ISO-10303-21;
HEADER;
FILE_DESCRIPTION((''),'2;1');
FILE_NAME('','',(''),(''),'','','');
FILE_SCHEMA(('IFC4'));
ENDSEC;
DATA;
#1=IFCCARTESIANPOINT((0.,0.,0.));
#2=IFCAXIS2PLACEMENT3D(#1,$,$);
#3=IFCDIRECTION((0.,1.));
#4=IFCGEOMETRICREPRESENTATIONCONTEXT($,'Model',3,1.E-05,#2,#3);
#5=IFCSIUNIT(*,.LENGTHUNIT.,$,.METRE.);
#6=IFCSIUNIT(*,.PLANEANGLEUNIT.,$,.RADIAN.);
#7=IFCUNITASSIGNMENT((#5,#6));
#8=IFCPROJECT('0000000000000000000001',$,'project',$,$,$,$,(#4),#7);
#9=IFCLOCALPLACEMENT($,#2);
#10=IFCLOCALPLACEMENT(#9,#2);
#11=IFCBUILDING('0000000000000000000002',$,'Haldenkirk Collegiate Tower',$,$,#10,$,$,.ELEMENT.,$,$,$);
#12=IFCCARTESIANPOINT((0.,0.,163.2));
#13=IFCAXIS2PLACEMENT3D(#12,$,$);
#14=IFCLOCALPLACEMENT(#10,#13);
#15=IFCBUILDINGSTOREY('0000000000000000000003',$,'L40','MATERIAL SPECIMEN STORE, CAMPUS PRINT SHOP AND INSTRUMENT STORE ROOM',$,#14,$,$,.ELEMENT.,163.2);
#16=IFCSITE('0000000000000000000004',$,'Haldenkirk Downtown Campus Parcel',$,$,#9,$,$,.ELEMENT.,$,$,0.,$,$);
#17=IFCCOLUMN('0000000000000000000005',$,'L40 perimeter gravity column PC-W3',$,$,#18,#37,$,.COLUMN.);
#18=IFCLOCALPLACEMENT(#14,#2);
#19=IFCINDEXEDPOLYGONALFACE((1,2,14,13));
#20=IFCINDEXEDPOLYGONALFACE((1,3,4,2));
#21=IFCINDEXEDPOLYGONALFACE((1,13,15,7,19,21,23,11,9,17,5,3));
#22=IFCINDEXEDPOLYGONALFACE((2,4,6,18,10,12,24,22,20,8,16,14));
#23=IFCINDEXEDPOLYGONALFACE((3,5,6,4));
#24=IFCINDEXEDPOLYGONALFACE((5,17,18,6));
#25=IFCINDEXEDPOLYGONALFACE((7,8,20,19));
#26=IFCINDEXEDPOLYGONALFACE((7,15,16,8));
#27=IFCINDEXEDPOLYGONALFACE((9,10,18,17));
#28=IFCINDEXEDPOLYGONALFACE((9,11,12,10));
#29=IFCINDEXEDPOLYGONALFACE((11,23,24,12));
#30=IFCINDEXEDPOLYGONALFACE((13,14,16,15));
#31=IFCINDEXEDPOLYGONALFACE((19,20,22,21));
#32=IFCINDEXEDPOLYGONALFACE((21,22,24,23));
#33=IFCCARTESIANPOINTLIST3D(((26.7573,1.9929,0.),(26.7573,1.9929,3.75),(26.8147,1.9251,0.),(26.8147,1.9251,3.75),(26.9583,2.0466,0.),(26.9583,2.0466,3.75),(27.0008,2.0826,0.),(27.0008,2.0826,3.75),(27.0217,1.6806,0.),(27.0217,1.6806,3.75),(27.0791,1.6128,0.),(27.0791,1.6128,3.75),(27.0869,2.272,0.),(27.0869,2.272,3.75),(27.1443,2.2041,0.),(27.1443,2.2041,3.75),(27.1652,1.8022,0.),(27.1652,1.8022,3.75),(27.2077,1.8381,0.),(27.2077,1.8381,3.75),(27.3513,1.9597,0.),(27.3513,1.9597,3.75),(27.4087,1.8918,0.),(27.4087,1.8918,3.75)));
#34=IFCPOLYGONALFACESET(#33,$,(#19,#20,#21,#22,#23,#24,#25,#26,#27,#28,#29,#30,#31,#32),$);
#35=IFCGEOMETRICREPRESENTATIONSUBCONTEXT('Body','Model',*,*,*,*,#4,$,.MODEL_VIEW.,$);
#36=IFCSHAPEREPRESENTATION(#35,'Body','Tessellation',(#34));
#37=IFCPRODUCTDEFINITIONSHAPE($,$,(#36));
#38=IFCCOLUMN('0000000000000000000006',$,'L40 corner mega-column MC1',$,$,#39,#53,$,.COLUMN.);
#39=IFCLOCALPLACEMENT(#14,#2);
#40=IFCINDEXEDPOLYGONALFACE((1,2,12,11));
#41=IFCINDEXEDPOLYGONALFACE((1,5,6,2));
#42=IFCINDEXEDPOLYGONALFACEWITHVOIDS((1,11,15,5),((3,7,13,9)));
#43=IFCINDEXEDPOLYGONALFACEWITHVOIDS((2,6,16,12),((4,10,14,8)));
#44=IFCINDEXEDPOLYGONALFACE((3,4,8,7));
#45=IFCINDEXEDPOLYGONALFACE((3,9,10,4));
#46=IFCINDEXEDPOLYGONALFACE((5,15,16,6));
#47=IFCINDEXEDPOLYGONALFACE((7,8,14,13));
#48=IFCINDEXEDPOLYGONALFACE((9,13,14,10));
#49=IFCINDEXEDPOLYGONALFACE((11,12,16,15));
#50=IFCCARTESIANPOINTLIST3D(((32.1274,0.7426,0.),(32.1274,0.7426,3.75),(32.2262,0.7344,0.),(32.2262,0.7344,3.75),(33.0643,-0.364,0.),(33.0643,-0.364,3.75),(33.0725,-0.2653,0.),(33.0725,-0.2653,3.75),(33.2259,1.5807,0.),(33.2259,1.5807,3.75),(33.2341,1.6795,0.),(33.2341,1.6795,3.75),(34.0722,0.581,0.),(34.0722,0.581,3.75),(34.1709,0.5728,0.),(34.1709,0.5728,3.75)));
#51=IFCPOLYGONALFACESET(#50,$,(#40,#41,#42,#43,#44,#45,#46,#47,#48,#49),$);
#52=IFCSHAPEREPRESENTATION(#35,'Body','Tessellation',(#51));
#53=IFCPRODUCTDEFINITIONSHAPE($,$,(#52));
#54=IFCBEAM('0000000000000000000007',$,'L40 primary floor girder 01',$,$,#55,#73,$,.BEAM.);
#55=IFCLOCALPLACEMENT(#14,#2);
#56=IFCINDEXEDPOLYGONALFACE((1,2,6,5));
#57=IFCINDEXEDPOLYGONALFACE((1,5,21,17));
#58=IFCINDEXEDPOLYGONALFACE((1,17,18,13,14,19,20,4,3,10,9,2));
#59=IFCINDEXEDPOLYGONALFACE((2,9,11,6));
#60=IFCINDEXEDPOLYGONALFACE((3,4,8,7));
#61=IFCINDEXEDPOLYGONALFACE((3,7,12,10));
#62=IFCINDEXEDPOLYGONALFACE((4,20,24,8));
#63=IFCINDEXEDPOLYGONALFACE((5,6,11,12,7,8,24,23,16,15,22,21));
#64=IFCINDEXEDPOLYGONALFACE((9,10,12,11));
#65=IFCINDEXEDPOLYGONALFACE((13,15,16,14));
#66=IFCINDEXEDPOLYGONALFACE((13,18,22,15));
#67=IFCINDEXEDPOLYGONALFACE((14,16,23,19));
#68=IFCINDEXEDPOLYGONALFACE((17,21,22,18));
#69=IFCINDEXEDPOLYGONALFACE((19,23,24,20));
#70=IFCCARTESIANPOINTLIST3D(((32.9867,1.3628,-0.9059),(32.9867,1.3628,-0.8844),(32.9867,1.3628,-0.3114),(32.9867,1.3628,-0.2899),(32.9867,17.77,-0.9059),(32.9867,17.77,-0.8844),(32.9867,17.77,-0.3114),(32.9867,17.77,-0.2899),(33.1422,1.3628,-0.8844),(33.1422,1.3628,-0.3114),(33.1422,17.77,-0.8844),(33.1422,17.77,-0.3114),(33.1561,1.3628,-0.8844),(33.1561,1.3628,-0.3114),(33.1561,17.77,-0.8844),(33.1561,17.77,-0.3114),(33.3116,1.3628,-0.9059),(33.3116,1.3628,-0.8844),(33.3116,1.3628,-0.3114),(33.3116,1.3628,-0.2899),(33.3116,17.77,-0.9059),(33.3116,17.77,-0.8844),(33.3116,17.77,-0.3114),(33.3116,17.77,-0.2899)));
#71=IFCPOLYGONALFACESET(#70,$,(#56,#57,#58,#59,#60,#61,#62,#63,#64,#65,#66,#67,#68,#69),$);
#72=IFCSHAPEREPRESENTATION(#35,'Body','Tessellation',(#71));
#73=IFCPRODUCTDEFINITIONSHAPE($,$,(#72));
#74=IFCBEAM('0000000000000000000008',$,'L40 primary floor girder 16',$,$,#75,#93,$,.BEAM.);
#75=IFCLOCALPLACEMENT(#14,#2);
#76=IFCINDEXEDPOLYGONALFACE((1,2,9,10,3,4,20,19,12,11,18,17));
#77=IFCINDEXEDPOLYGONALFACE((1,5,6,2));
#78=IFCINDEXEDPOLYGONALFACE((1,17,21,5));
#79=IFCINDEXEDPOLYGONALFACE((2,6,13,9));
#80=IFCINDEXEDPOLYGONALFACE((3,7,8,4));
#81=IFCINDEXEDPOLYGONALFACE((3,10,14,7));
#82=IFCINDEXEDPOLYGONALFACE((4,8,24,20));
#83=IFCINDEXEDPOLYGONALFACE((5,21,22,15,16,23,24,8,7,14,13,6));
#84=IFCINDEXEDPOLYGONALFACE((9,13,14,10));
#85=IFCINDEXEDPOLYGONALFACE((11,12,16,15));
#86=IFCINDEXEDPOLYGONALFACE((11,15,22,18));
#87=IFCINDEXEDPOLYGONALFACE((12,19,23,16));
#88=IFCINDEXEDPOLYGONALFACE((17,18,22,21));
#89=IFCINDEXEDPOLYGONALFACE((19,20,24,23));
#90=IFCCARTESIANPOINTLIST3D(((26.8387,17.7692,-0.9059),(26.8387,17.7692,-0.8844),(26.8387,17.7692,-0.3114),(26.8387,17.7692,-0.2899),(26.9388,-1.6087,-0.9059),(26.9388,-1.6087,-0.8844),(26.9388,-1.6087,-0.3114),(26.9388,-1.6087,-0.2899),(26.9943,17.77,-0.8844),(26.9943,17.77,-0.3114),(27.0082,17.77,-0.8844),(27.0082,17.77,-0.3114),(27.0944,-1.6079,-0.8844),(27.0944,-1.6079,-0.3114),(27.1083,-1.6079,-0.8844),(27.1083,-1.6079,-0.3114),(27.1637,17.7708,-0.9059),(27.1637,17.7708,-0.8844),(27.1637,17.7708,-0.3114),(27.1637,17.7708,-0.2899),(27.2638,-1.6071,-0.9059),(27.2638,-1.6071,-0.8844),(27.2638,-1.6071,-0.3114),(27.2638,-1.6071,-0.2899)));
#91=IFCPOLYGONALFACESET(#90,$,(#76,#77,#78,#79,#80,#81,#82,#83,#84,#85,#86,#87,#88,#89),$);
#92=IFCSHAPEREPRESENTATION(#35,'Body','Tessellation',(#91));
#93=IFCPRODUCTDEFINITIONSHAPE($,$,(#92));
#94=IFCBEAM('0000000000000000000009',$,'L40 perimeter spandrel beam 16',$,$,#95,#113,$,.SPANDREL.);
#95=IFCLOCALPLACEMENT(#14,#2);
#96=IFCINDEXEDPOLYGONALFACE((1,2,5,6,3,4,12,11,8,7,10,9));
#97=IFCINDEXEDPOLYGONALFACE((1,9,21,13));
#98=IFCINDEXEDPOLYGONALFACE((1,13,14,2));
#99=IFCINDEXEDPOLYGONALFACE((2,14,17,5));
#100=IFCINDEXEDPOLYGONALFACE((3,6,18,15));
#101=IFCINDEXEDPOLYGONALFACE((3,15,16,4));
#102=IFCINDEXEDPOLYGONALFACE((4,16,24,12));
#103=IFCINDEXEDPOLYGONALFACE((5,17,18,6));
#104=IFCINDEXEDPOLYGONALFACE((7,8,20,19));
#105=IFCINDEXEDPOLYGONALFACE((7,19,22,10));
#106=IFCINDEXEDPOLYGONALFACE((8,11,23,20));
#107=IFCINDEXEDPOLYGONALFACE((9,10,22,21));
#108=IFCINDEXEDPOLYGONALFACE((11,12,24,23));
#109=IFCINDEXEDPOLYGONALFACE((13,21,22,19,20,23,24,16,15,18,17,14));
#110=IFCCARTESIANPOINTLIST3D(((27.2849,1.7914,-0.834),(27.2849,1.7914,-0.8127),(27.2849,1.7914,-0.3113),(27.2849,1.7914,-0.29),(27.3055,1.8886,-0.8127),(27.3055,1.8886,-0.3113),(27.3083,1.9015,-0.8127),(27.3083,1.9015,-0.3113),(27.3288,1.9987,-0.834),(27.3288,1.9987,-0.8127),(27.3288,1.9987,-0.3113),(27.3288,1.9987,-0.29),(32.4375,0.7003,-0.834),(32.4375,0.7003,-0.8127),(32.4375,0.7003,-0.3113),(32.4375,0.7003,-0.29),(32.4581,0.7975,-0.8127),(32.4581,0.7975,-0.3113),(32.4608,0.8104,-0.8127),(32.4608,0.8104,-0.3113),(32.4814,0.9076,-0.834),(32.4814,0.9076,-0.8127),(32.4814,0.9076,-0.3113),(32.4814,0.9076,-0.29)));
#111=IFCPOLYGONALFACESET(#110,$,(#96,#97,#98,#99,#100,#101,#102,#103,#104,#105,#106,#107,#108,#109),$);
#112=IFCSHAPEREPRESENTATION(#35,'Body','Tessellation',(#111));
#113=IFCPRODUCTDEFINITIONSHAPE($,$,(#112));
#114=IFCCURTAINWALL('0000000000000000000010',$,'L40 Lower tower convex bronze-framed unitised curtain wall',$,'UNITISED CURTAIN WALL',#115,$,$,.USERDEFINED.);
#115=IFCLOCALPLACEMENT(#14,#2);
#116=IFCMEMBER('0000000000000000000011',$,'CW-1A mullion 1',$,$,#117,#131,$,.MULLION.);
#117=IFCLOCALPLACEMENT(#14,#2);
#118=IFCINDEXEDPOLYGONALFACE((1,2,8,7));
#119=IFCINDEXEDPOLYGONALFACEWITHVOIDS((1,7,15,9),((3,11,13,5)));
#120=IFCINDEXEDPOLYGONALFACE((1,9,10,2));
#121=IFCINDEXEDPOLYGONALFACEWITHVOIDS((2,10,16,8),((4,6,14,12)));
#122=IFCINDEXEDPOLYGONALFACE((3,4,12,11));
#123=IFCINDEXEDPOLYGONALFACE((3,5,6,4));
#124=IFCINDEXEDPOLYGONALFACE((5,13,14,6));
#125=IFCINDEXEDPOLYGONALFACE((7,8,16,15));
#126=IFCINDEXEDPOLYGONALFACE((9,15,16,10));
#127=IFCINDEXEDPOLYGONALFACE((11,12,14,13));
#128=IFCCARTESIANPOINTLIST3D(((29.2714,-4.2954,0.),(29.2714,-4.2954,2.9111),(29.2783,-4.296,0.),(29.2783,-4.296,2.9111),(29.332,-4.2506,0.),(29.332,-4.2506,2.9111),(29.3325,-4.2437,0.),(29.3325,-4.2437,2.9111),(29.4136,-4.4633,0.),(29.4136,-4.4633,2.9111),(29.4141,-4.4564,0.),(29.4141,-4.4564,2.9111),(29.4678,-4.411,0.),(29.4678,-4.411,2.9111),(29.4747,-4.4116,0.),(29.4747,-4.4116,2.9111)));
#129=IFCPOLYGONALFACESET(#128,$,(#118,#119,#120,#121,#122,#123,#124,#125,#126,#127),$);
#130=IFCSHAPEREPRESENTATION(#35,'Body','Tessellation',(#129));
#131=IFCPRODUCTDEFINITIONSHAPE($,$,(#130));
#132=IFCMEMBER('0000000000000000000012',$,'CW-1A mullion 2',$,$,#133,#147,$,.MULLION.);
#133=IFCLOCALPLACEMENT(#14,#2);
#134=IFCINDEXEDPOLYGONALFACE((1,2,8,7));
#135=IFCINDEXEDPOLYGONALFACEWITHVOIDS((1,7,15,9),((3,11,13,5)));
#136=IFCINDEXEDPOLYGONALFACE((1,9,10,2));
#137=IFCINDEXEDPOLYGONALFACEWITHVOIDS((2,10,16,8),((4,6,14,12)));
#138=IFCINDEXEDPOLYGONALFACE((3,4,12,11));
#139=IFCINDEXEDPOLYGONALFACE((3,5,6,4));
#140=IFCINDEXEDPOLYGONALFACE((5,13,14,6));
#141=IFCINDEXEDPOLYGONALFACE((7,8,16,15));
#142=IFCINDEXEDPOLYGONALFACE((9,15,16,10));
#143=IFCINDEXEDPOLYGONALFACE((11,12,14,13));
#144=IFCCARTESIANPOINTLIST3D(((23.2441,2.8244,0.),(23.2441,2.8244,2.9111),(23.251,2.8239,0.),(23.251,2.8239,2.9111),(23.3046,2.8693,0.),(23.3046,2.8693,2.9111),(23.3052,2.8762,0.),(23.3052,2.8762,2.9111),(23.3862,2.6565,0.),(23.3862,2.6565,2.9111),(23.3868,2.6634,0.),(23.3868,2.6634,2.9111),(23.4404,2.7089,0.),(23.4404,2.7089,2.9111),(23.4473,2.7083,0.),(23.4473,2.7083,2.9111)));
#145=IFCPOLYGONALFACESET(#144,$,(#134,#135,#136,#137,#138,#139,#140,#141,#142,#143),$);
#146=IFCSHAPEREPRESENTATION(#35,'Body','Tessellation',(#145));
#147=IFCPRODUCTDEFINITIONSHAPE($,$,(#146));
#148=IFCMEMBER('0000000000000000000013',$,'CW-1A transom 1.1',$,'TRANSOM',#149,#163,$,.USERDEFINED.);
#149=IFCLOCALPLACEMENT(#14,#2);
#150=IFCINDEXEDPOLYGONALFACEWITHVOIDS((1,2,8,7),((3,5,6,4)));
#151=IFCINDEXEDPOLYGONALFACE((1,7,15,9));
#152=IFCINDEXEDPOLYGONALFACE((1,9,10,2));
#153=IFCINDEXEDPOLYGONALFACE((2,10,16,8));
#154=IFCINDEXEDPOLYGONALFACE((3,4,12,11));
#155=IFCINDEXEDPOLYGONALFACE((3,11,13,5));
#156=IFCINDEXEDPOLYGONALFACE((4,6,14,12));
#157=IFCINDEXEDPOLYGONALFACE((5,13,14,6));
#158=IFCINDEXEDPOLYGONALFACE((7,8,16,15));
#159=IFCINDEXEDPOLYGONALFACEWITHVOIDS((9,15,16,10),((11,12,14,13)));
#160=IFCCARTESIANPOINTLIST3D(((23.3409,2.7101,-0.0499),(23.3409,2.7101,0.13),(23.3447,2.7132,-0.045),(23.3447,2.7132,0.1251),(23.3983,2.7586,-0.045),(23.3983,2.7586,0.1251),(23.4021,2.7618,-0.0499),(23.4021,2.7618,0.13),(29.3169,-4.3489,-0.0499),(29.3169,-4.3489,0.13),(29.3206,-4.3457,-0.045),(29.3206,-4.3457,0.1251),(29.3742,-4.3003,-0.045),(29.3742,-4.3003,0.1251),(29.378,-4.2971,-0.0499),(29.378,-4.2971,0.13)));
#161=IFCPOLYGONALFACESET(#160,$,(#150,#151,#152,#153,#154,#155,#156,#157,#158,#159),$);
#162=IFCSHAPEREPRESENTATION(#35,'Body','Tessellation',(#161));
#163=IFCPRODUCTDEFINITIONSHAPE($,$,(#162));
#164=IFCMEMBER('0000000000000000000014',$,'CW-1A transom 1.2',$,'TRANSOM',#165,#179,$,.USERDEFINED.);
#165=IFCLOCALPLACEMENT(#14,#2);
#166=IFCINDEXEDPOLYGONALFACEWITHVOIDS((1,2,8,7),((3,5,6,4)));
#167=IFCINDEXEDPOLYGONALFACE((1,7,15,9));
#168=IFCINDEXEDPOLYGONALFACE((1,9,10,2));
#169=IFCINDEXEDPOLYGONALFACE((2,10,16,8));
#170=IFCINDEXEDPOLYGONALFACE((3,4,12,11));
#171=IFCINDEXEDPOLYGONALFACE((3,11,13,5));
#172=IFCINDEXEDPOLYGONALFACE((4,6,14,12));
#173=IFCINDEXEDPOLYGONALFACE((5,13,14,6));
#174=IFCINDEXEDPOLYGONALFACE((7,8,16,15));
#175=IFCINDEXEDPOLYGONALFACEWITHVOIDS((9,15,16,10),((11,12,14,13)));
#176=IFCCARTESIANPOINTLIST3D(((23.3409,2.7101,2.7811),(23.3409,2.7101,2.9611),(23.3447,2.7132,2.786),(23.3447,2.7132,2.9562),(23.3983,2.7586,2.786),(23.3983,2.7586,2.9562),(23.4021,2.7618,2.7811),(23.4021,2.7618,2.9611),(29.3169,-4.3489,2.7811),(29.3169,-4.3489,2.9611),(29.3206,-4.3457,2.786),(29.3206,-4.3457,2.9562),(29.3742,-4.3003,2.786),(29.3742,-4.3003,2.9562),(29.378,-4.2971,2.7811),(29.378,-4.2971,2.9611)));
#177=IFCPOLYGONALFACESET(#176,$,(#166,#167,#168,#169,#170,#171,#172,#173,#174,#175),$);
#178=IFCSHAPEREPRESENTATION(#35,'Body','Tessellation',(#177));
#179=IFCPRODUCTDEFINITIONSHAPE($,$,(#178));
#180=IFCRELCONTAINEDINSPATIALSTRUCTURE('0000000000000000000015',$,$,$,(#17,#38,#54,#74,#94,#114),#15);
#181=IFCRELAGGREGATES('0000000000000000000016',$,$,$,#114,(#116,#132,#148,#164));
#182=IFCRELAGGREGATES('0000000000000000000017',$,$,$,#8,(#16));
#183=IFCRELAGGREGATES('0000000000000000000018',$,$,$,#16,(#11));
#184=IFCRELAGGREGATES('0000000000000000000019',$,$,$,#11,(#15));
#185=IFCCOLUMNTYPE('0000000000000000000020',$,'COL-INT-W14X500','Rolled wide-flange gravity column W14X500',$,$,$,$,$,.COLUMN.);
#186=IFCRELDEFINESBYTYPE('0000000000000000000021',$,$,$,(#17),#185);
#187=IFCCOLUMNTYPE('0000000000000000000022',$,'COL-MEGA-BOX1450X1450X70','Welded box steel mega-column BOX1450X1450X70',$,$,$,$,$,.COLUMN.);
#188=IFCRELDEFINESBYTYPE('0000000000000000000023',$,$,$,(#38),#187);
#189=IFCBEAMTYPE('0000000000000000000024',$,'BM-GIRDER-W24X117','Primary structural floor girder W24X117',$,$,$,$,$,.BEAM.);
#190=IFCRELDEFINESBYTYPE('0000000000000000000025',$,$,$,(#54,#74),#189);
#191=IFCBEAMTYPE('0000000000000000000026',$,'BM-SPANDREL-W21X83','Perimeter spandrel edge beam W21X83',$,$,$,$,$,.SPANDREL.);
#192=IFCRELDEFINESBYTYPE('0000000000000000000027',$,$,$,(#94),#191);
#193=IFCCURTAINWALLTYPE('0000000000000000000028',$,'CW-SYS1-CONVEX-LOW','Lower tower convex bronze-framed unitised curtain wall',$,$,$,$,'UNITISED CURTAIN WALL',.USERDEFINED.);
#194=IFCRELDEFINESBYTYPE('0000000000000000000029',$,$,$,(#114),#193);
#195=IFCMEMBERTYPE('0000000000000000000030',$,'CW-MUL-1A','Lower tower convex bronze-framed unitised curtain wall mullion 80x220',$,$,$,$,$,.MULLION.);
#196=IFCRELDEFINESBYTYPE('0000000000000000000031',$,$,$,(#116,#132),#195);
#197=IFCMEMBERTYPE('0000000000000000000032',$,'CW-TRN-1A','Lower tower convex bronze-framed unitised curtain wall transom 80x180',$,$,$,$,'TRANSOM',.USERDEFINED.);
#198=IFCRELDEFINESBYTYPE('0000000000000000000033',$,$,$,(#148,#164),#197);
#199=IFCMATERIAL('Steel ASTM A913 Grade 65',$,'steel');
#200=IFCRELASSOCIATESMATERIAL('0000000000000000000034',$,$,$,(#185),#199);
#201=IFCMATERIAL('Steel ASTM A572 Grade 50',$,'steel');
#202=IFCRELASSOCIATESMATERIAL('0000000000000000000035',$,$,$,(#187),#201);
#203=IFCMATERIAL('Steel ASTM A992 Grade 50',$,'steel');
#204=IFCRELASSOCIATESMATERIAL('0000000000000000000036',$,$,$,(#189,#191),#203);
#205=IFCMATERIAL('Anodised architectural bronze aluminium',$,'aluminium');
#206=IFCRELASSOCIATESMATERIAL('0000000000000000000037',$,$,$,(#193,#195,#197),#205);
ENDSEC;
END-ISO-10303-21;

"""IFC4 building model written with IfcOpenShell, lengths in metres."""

from ifc_helpers import new_model, si_unit, direction, frame, origin, origin_2d, place, context, subcontext, project, spatial, hollow_rectangle, i_section, extrude, material, material_profile, profile_set, type_object, element, aggregate, save


model = new_model("IFC4")

# Units and contexts
model_context = context("Model", 3, precision=1e-05, world=origin(), true_north=direction((0.0, 1.0)))
body_context = subcontext(model_context, "Body", "Model", "MODEL_VIEW")
ifc_project = project(units=[si_unit("LENGTHUNIT", "METRE"), si_unit("PLANEANGLEUNIT", "RADIAN")], contexts=[model_context])

# Site, building, storey
site_placement = place(None, origin())
site = spatial("IfcSite", under=ifc_project, at=site_placement, Name="Haldenkirk Downtown Campus Parcel", CompositionType="ELEMENT", RefElevation=0.0)
building_placement = place(site_placement, origin())
building = spatial("IfcBuilding", under=site, at=building_placement, Name="Haldenkirk Collegiate Tower", CompositionType="ELEMENT")
storey_placement = place(building_placement, frame((0.0, 0.0, 163.2)))
storey = spatial("IfcBuildingStorey", under=building, at=storey_placement, Name="L40", Description="MATERIAL SPECIMEN STORE, CAMPUS PRINT SHOP AND INSTRUMENT STORE ROOM", CompositionType="ELEMENT", Elevation=163.2)

# Columns
ifc_material_1 = material(Name="Steel ASTM A913 Grade 65", Category="steel")
ifc_material_profile_1 = material_profile(ifc_material_1, i_section(OverallWidth=0.4319, OverallDepth=0.498, WebThickness=0.0557, FlangeThickness=0.0889, at=origin_2d()), Name="W14X500")
ifc_profile_set_1 = profile_set([ifc_material_profile_1], Name="Steel ASTM A913 Grade 65")
column_type_1 = type_object("IfcColumnType", Name="COL-INT-W14X500", Description="Rolled wide-flange gravity column W14X500", PredefinedType="COLUMN", material=ifc_profile_set_1)
column_1_placement = place(storey_placement, frame((27.083, 1.9424, 0.0), z_axis=(0.0, 0.0, 1.0), x_axis=(0.763232, 0.646124, 0.0)))
element("IfcColumn", 1, at=column_1_placement, inside=storey, type_object=column_type_1, Name="L40 perimeter gravity column PC-W3", PredefinedType="COLUMN", context=body_context, shape_type="SweptSolid", body=[
    extrude(i_section(OverallWidth=0.4319, OverallDepth=0.498, WebThickness=0.0557, FlangeThickness=0.0889, at=origin_2d()), origin(), (0.0, 0.0, 1.0), 3.75),
])
ifc_material_2 = material(Name="Steel ASTM A572 Grade 50", Category="steel")
ifc_material_profile_2 = material_profile(ifc_material_2, hollow_rectangle(XDim=1.45, YDim=1.45, WallThickness=0.0701, at=origin_2d()), Name="BOX1450X1450X70")
ifc_profile_set_2 = profile_set([ifc_material_profile_2], Name="Steel ASTM A572 Grade 50")
column_type_2 = type_object("IfcColumnType", Name="COL-MEGA-BOX1450X1450X70", Description="Welded box steel mega-column BOX1450X1450X70", PredefinedType="COLUMN", material=ifc_profile_set_2)
column_2_placement = place(storey_placement, frame((33.1492, 0.6577, 0.0), z_axis=(0.0, 0.0, 1.0), x_axis=(0.763232, 0.646124, 0.0)))
element("IfcColumn", 2, at=column_2_placement, inside=storey, type_object=column_type_2, Name="L40 corner mega-column MC1", PredefinedType="COLUMN", context=body_context, shape_type="SweptSolid", body=[
    extrude(hollow_rectangle(XDim=1.45, YDim=1.45, WallThickness=0.0701, at=origin_2d()), origin(), (0.0, 0.0, 1.0), 3.75),
])

# Beams
ifc_material_3 = material(Name="Steel ASTM A992 Grade 50", Category="steel")
ifc_material_profile_3 = material_profile(ifc_material_3, i_section(OverallWidth=0.325, OverallDepth=0.616, WebThickness=0.0139, FlangeThickness=0.0215, at=origin_2d()), Name="W24X117")
ifc_profile_set_3 = profile_set([ifc_material_profile_3], Name="Steel ASTM A992 Grade 50")
beam_type_1 = type_object("IfcBeamType", Name="BM-GIRDER-W24X117", Description="Primary structural floor girder W24X117", PredefinedType="BEAM", material=ifc_profile_set_3)
beam_1_placement = place(storey_placement, frame((33.1492, 1.3628, -0.5979), z_axis=(0.0, 1.0, 0.0), x_axis=(-1.0, 0.0, 0.0)))
element("IfcBeam", 3, at=beam_1_placement, inside=storey, type_object=beam_type_1, Name="L40 primary floor girder 01", PredefinedType="BEAM", context=body_context, shape_type="SweptSolid", body=[
    extrude(i_section(OverallWidth=0.325, OverallDepth=0.616, WebThickness=0.0139, FlangeThickness=0.0215, at=origin_2d()), origin(), (0.0, 0.0, 1.0), 16.4072),
])
beam_2_placement = place(storey_placement, frame((27.1013, -1.6079, -0.5979), z_axis=(-0.005165, 0.999987, 0.0), x_axis=(-0.999987, -0.005165, 0.0)))
element("IfcBeam", 4, at=beam_2_placement, inside=storey, type_object=beam_type_1, Name="L40 primary floor girder 16", PredefinedType="BEAM", context=body_context, shape_type="SweptSolid", body=[
    extrude(i_section(OverallWidth=0.325, OverallDepth=0.616, WebThickness=0.0139, FlangeThickness=0.0215, at=origin_2d()), origin(), (0.0, 0.0, 1.0), 19.3782),
])
ifc_material_profile_4 = material_profile(ifc_material_3, i_section(OverallWidth=0.2119, OverallDepth=0.5439, WebThickness=0.0132, FlangeThickness=0.0212, at=origin_2d()), Name="W21X83")
ifc_profile_set_4 = profile_set([ifc_material_profile_4], Name="Steel ASTM A992 Grade 50")
beam_type_2 = type_object("IfcBeamType", Name="BM-SPANDREL-W21X83", Description="Perimeter spandrel edge beam W21X83", PredefinedType="SPANDREL", material=ifc_profile_set_4)
beam_3_placement = place(storey_placement, frame((27.3069, 1.895, -0.562), z_axis=(0.978308, -0.207157, 0.0), x_axis=(0.207157, 0.978308, 0.0)))
element("IfcBeam", 5, at=beam_3_placement, inside=storey, type_object=beam_type_2, Name="L40 perimeter spandrel beam 16", PredefinedType="SPANDREL", context=body_context, shape_type="SweptSolid", body=[
    extrude(i_section(OverallWidth=0.2119, OverallDepth=0.5439, WebThickness=0.0132, FlangeThickness=0.0212, at=origin_2d()), origin(), (0.0, 0.0, 1.0), 5.2668),
])

# Curtain wall, members
ifc_material_4 = material(Name="Anodised architectural bronze aluminium", Category="aluminium")
curtain_wall_type = type_object("IfcCurtainWallType", Name="CW-SYS1-CONVEX-LOW", Description="Lower tower convex bronze-framed unitised curtain wall", ElementType="UNITISED CURTAIN WALL", PredefinedType="USERDEFINED", material=ifc_material_4)
curtain_wall_placement = place(storey_placement, origin())
curtain_wall = element("IfcCurtainWall", 6, at=curtain_wall_placement, inside=storey, type_object=curtain_wall_type, Name="L40 Lower tower convex bronze-framed unitised curtain wall", ObjectType="UNITISED CURTAIN WALL", PredefinedType="USERDEFINED")
ifc_material_profile_5 = material_profile(ifc_material_4, hollow_rectangle(XDim=0.0801, YDim=0.22, WallThickness=0.0049, at=origin_2d()), Name="CW-MUL-1A")
ifc_profile_set_5 = profile_set([ifc_material_profile_5], Name="Anodised architectural bronze aluminium")
member_type_1 = type_object("IfcMemberType", Name="CW-MUL-1A", Description="Lower tower convex bronze-framed unitised curtain wall mullion 80x220", PredefinedType="MULLION", material=ifc_profile_set_5)
member_1_placement = place(storey_placement, frame((29.373, -4.3535, 0.0), z_axis=(0.0, 0.0, 1.0), x_axis=(-0.763233, -0.646123, 0.0)))
member_1 = element("IfcMember", 7, at=member_1_placement, type_object=member_type_1, Name="CW-1A mullion 1", PredefinedType="MULLION", context=body_context, shape_type="SweptSolid", body=[
    extrude(hollow_rectangle(XDim=0.0801, YDim=0.22, WallThickness=0.0049, at=origin_2d()), origin(), (0.0, 0.0, 1.0), 2.9111),
])
member_2_placement = place(storey_placement, frame((23.3457, 2.7664, 0.0), z_axis=(0.0, 0.0, 1.0), x_axis=(-0.763233, -0.646123, 0.0)))
member_2 = element("IfcMember", 8, at=member_2_placement, type_object=member_type_1, Name="CW-1A mullion 2", PredefinedType="MULLION", context=body_context, shape_type="SweptSolid", body=[
    extrude(hollow_rectangle(XDim=0.0801, YDim=0.22, WallThickness=0.0049, at=origin_2d()), origin(), (0.0, 0.0, 1.0), 2.9111),
])
ifc_material_profile_6 = material_profile(ifc_material_4, hollow_rectangle(XDim=0.0801, YDim=0.1799, WallThickness=0.0049, at=origin_2d()), Name="CW-TRN-1A")
ifc_profile_set_6 = profile_set([ifc_material_profile_6], Name="Anodised architectural bronze aluminium")
member_type_2 = type_object("IfcMemberType", Name="CW-TRN-1A", Description="Lower tower convex bronze-framed unitised curtain wall transom 80x180", ElementType="TRANSOM", PredefinedType="USERDEFINED", material=ifc_profile_set_6)
member_3_placement = place(storey_placement, frame((29.3474, -4.323, 0.04), z_axis=(-0.646129, 0.763228, 0.0), x_axis=(-0.763228, -0.646129, 0.0)))
member_3 = element("IfcMember", 9, at=member_3_placement, type_object=member_type_2, Name="CW-1A transom 1.1", ObjectType="TRANSOM", PredefinedType="USERDEFINED", context=body_context, shape_type="SweptSolid", body=[
    extrude(hollow_rectangle(XDim=0.0801, YDim=0.1799, WallThickness=0.0049, at=origin_2d()), origin(), (0.0, 0.0, 1.0), 9.2488),
])
member_4_placement = place(storey_placement, frame((29.3474, -4.323, 2.8711), z_axis=(-0.646129, 0.763228, 0.0), x_axis=(-0.763228, -0.646129, 0.0)))
member_4 = element("IfcMember", 10, at=member_4_placement, type_object=member_type_2, Name="CW-1A transom 1.2", ObjectType="TRANSOM", PredefinedType="USERDEFINED", context=body_context, shape_type="SweptSolid", body=[
    extrude(hollow_rectangle(XDim=0.0801, YDim=0.1799, WallThickness=0.0049, at=origin_2d()), origin(), (0.0, 0.0, 1.0), 9.2488),
])
aggregate(curtain_wall, [member_1, member_2, member_3, member_4])

save(model, "model.ifc")
